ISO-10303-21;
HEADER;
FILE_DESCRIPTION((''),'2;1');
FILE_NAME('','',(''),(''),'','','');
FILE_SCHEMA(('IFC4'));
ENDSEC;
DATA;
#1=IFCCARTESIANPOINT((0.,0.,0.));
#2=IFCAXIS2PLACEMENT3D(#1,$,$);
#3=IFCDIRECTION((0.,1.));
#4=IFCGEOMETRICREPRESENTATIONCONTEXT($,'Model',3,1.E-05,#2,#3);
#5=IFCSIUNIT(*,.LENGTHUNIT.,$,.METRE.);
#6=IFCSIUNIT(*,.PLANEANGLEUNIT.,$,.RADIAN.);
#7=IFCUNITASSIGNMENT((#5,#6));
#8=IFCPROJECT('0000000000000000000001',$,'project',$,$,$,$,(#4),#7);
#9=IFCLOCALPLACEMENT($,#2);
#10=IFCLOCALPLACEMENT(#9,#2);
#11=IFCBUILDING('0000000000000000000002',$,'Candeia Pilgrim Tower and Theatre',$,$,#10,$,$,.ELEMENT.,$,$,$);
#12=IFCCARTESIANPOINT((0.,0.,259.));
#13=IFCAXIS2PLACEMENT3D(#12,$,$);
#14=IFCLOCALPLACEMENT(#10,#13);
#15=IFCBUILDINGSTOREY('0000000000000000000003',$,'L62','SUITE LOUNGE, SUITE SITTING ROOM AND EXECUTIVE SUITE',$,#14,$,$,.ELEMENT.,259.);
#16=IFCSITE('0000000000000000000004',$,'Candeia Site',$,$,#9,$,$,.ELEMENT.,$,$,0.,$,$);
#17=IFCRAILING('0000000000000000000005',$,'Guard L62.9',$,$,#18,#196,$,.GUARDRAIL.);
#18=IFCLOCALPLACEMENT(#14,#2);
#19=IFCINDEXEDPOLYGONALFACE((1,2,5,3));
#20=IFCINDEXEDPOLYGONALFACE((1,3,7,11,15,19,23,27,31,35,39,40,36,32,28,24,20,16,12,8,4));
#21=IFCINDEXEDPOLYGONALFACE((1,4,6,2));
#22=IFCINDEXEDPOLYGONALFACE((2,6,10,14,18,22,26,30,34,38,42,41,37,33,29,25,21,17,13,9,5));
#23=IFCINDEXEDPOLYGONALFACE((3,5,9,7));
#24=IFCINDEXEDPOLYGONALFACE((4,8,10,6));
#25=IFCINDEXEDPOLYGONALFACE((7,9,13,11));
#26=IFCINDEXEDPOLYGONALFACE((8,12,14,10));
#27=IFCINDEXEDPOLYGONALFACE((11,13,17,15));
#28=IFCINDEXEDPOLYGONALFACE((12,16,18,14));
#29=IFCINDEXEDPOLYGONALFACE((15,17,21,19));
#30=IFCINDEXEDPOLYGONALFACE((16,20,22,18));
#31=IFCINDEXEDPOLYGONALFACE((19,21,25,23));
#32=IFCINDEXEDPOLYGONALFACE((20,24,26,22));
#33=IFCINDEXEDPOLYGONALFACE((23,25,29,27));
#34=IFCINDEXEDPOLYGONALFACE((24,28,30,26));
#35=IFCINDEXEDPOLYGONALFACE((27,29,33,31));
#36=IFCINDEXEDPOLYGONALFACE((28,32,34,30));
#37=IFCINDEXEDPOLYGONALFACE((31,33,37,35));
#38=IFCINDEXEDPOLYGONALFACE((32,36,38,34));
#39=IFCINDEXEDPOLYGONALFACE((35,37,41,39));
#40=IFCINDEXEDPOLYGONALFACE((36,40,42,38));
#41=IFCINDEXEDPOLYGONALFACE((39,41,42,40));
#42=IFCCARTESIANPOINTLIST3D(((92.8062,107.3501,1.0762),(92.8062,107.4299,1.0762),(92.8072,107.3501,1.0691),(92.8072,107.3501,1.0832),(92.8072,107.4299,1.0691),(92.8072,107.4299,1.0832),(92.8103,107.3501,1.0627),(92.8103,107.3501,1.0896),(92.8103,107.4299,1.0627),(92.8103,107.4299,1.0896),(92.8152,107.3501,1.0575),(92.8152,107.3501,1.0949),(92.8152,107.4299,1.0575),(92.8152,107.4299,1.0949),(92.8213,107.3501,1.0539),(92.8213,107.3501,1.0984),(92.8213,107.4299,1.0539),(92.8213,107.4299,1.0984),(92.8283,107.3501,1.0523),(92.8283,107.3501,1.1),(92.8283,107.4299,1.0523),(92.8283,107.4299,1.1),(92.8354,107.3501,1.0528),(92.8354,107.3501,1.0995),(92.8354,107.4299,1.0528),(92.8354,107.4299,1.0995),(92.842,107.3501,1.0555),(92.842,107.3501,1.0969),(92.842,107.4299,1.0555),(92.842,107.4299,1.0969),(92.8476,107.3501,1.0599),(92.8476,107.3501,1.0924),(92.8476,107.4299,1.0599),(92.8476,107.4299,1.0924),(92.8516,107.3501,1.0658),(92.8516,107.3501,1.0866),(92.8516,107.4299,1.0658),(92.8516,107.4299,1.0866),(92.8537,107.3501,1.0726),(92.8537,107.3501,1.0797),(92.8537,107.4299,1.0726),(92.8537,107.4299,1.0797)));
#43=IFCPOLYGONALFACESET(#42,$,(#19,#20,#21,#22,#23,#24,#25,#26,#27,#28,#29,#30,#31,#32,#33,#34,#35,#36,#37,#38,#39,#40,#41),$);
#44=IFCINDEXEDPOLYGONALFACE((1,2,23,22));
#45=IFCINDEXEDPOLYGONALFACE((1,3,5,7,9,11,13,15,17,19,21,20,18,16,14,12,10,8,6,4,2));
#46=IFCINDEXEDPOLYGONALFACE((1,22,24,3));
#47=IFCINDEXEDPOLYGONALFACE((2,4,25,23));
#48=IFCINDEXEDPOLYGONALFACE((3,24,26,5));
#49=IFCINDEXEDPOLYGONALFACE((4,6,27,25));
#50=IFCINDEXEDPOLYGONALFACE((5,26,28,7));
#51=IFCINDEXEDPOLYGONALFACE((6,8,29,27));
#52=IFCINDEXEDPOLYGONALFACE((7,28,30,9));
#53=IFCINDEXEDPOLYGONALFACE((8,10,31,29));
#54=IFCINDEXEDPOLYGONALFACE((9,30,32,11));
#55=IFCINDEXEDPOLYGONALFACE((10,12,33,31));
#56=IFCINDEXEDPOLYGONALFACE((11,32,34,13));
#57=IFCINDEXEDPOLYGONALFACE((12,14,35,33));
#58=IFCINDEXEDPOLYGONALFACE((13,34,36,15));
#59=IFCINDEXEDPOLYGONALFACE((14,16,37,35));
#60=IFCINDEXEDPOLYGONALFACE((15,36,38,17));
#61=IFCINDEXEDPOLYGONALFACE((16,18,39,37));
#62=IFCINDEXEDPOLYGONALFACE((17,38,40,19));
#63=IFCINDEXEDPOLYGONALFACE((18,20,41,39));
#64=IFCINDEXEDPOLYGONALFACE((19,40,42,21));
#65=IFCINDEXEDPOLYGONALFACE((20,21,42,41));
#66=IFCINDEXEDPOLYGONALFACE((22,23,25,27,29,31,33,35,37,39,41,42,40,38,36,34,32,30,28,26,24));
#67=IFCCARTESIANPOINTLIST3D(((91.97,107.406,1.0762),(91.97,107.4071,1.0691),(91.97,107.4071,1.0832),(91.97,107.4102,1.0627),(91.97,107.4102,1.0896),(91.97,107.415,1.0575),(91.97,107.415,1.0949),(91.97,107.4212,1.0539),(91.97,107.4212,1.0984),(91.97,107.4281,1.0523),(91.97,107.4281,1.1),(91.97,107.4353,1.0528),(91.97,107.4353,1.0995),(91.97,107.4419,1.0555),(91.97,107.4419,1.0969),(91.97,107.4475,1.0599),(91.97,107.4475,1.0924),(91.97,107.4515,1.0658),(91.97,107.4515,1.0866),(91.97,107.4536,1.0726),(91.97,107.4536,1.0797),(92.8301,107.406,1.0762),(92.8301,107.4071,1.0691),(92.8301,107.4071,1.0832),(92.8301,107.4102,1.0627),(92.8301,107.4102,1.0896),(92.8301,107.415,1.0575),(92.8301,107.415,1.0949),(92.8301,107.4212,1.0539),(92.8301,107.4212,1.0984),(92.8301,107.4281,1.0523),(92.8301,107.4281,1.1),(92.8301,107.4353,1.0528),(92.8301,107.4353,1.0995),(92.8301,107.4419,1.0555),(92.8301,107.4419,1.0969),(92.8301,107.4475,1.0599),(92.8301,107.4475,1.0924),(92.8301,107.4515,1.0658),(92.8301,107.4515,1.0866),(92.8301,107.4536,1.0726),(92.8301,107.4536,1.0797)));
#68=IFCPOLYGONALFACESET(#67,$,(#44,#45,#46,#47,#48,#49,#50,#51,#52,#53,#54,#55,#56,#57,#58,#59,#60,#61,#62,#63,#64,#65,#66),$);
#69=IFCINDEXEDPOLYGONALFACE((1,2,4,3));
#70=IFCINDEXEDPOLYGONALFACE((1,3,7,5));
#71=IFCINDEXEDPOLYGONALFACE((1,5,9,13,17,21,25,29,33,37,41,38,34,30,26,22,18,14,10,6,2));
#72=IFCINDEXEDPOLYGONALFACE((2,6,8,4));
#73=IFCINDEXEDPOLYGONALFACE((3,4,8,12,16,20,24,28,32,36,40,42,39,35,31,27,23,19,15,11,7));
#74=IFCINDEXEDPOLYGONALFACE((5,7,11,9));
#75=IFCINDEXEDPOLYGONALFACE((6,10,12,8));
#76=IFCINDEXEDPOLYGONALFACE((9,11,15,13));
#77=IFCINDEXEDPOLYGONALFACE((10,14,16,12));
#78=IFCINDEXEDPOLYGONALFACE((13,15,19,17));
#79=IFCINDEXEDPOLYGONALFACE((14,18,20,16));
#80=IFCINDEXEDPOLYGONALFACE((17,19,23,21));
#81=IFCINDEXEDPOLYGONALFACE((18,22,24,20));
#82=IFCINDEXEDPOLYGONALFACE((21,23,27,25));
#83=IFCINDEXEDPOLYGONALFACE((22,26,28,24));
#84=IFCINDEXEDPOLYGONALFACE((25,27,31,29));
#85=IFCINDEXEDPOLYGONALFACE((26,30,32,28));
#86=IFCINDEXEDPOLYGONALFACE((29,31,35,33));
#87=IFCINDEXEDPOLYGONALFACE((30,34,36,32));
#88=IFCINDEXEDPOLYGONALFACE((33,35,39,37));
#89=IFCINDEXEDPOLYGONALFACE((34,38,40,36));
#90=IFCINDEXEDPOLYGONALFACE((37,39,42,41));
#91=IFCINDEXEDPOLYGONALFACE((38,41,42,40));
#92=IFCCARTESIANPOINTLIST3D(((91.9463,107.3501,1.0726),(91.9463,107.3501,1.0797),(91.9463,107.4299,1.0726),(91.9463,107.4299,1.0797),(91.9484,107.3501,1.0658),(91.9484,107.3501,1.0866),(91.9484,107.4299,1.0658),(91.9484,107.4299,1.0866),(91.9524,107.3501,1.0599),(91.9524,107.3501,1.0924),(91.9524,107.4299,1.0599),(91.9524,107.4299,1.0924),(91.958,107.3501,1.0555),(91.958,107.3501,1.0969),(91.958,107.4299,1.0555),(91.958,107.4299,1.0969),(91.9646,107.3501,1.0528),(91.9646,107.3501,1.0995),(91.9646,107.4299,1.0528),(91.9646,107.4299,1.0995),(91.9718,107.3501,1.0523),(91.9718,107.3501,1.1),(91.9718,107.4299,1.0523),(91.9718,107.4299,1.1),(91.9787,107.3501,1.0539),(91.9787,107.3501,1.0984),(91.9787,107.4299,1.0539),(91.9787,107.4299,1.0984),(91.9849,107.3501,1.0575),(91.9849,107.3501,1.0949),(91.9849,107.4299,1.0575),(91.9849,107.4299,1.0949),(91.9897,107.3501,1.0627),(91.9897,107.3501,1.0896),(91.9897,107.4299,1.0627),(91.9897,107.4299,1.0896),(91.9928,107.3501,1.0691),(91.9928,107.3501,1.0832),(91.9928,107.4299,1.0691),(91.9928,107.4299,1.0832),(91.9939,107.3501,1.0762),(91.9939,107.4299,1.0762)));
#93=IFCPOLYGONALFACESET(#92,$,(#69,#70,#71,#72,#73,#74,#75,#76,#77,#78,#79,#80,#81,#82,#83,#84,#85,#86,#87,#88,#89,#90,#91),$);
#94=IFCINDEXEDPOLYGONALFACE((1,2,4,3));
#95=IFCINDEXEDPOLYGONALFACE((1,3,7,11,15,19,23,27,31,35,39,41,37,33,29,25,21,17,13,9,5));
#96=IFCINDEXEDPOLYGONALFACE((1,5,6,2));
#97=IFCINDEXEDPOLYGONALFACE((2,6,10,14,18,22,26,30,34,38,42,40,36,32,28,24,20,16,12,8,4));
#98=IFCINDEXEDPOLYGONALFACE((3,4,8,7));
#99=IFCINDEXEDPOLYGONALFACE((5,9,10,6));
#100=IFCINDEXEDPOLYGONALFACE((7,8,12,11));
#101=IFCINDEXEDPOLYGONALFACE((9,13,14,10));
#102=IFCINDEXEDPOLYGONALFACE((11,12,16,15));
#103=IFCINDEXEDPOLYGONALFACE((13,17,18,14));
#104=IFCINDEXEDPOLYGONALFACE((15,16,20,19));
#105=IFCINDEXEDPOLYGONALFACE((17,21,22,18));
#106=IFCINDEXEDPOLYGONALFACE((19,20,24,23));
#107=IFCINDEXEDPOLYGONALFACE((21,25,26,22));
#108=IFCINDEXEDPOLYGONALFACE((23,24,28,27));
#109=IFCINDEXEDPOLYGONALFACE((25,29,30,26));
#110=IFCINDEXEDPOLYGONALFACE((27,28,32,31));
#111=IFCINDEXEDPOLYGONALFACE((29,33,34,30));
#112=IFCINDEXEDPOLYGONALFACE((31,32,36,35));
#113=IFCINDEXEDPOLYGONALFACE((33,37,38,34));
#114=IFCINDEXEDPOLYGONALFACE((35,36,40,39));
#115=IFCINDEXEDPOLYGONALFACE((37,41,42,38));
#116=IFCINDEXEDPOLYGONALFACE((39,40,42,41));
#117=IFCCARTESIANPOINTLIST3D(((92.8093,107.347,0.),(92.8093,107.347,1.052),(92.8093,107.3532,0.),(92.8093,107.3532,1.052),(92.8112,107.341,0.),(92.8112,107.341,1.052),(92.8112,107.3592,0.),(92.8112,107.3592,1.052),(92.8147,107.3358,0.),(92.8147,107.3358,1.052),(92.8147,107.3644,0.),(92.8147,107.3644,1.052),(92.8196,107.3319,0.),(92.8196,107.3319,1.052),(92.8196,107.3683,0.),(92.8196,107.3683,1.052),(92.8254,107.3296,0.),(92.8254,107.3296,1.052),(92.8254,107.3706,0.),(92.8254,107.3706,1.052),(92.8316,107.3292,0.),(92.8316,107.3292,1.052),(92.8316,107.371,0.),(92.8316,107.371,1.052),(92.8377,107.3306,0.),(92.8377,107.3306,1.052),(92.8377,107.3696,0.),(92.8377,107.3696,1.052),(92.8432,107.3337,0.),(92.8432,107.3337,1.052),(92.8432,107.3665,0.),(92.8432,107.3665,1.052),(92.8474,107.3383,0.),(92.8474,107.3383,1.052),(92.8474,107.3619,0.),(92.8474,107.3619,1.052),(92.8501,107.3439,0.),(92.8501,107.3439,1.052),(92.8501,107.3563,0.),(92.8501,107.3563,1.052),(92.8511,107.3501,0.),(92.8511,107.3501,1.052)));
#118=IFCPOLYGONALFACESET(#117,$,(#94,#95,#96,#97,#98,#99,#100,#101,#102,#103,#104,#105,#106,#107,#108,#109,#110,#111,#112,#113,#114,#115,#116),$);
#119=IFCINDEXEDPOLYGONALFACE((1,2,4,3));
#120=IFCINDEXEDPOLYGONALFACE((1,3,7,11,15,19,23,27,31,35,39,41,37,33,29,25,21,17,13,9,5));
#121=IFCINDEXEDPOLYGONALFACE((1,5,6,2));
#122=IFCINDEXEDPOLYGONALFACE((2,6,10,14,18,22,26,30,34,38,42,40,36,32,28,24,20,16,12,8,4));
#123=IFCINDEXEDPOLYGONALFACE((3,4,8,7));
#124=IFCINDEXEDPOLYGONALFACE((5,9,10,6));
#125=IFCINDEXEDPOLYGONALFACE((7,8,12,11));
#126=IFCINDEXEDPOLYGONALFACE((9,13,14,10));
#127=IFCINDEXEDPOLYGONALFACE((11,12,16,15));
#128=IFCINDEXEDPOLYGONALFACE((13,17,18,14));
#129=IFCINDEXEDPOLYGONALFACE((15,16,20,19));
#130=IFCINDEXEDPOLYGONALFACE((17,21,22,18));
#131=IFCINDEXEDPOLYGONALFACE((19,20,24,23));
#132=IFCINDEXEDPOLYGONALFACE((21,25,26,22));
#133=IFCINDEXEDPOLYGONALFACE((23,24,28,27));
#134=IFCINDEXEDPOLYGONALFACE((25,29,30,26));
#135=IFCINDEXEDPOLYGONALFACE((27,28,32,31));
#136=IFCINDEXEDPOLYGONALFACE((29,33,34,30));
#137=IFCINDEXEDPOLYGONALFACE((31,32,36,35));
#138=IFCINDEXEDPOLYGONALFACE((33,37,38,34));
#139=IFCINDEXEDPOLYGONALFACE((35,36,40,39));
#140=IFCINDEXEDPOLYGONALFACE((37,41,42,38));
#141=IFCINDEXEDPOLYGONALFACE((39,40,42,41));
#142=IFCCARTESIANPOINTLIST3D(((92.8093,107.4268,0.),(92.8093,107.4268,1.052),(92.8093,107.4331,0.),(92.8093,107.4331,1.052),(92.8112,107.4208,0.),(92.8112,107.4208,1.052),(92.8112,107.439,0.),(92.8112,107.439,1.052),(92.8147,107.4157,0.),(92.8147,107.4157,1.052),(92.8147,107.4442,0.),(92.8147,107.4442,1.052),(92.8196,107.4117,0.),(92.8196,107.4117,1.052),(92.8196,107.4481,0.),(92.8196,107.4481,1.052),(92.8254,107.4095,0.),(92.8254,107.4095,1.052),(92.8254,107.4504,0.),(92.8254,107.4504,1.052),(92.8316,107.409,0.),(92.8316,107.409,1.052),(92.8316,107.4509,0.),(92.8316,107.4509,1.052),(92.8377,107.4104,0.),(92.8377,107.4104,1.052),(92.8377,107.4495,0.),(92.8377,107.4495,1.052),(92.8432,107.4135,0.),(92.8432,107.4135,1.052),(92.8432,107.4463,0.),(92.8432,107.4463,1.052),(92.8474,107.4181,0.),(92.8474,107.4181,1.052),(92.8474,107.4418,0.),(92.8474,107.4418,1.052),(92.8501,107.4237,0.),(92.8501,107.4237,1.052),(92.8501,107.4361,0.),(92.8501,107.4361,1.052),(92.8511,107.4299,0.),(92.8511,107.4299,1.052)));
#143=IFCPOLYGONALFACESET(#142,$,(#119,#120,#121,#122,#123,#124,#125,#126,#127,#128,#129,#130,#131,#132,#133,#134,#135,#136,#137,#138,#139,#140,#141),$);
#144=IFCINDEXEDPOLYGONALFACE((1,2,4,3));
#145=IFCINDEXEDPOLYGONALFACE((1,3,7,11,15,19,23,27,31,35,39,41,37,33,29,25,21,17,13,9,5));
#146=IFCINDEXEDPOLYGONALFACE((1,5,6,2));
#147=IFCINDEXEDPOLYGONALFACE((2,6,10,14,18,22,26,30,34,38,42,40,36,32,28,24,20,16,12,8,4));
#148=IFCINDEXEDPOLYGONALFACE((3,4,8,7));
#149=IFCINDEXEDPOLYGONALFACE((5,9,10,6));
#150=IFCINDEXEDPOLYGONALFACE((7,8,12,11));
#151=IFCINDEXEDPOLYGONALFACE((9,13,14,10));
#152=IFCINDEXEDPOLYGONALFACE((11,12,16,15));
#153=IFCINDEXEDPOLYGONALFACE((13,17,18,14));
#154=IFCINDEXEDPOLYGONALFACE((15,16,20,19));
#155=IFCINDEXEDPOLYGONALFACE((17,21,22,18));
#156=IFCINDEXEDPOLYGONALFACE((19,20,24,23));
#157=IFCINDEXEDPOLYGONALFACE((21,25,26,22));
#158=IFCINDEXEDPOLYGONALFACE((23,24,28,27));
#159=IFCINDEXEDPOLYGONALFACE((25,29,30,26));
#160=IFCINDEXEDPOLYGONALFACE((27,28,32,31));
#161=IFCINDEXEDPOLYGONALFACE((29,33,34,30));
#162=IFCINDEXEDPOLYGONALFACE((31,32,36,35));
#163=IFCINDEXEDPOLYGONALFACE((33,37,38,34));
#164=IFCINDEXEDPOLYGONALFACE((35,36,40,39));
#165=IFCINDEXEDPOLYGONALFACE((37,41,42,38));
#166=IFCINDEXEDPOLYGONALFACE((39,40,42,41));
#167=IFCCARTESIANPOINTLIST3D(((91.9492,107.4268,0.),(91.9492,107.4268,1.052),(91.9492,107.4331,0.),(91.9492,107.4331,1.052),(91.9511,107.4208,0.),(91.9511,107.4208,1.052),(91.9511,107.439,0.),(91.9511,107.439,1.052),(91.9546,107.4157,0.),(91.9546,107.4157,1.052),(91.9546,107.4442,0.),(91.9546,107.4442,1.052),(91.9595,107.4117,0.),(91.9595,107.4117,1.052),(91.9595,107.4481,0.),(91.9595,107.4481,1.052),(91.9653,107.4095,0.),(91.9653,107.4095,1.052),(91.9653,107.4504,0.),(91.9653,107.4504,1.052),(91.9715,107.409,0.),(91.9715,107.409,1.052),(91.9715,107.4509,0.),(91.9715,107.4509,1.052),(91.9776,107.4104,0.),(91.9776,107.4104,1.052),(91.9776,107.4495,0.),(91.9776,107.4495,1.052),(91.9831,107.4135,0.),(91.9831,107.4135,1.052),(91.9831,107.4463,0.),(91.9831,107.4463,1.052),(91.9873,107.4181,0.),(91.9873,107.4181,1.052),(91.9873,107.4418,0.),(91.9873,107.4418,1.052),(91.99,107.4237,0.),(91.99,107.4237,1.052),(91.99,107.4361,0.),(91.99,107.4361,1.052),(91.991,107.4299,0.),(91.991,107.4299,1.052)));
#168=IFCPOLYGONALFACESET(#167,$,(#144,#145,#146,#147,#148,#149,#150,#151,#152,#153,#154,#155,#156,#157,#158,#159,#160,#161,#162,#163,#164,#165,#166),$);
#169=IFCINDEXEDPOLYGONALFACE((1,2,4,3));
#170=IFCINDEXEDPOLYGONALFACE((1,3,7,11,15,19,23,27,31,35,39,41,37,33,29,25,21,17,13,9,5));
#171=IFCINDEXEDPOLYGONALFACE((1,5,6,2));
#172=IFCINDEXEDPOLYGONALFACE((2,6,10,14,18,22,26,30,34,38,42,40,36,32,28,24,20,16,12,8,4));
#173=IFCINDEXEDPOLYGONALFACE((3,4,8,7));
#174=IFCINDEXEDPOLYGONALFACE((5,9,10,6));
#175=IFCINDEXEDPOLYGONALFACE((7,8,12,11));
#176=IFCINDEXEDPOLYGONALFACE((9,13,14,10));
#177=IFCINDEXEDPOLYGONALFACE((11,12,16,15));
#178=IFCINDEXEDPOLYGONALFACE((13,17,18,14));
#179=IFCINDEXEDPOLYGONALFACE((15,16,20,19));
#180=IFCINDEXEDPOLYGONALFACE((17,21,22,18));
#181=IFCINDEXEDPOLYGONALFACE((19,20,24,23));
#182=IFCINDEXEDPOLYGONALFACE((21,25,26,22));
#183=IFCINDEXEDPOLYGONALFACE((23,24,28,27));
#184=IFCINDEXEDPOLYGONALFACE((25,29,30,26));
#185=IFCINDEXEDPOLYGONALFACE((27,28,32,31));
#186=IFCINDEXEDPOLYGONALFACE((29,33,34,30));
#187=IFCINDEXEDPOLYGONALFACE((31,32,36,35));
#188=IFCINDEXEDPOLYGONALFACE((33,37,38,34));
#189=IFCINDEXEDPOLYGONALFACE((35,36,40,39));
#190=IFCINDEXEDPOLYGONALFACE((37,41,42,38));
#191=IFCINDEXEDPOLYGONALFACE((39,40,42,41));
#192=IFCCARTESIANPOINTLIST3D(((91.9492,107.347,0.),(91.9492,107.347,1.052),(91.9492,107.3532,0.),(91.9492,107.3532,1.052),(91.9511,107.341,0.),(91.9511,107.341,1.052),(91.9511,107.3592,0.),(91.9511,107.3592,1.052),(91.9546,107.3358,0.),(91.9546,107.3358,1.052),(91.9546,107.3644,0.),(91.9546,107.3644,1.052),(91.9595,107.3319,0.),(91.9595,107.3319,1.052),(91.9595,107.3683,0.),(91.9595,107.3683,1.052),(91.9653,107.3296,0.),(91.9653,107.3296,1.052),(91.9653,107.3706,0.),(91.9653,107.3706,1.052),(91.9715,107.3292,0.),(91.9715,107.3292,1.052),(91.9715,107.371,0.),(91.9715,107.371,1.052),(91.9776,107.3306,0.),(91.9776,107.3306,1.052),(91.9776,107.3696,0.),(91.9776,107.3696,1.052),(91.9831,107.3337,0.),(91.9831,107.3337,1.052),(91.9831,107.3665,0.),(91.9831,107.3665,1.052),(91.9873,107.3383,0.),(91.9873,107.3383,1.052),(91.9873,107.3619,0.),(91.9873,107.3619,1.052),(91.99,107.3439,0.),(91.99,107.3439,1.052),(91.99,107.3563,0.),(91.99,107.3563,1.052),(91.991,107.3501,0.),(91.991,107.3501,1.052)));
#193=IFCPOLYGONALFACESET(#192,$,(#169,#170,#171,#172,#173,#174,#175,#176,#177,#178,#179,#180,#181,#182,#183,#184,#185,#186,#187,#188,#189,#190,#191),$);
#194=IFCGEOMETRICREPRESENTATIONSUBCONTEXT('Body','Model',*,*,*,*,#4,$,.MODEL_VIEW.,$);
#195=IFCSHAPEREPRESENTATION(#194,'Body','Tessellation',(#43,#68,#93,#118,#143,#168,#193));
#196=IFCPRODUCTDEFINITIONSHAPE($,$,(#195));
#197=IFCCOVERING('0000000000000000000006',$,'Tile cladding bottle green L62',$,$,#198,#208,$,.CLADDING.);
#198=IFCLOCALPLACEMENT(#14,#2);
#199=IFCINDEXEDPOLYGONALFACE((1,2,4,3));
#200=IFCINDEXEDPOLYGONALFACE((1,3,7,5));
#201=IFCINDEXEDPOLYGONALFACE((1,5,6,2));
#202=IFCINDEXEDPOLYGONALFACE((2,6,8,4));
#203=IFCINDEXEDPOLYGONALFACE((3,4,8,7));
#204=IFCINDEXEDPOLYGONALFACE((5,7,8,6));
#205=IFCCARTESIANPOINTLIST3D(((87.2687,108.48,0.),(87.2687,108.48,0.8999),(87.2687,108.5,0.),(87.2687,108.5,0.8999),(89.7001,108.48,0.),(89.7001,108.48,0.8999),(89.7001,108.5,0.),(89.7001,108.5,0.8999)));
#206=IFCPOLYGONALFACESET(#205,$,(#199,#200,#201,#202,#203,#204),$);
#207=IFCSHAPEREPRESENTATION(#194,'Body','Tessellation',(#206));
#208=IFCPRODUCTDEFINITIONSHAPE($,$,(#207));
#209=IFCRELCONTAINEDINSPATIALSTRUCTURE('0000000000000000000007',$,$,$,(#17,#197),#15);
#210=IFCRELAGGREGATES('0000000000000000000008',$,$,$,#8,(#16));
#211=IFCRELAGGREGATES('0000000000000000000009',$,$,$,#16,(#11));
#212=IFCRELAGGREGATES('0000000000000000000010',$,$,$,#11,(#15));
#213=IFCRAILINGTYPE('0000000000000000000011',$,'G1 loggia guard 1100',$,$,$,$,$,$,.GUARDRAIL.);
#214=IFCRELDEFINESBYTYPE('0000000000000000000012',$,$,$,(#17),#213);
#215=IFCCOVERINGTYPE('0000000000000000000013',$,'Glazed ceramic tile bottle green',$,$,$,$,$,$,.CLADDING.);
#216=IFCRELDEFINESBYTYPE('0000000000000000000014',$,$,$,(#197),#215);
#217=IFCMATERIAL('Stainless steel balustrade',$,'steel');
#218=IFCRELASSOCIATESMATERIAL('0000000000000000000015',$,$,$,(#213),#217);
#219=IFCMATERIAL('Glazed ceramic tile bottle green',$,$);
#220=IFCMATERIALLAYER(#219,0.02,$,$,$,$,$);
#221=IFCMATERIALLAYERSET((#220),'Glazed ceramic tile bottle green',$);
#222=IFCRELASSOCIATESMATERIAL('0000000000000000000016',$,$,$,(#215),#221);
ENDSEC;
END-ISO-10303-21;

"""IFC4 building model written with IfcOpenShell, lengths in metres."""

from ifc_helpers import new_model, si_unit, direction, frame, origin, origin_2d, place, context, subcontext, project, spatial, rectangle, circle, extrude, material, layer, layer_set, type_object, element, save


model = new_model("IFC4")

# Units and contexts
model_context = context("Model", 3, precision=1e-05, world=origin(), true_north=direction((0.0, 1.0)))
body_context = subcontext(model_context, "Body", "Model", "MODEL_VIEW")
ifc_project = project(units=[si_unit("LENGTHUNIT", "METRE"), si_unit("PLANEANGLEUNIT", "RADIAN")], contexts=[model_context])

# Site, building, storey
site_placement = place(None, origin())
site = spatial("IfcSite", under=ifc_project, at=site_placement, Name="Candeia Site", CompositionType="ELEMENT", RefElevation=0.0)
building_placement = place(site_placement, origin())
building = spatial("IfcBuilding", under=site, at=building_placement, Name="Candeia Pilgrim Tower and Theatre", CompositionType="ELEMENT")
storey_placement = place(building_placement, frame((0.0, 0.0, 259.0)))
storey = spatial("IfcBuildingStorey", under=building, at=storey_placement, Name="L62", Description="SUITE LOUNGE, SUITE SITTING ROOM AND EXECUTIVE SUITE", CompositionType="ELEMENT", Elevation=259.0)

# Railing
ifc_material_1 = material(Name="Stainless steel balustrade", Category="steel")
railing_type = type_object("IfcRailingType", Name="G1 loggia guard 1100", PredefinedType="GUARDRAIL", material=ifc_material_1)
railing_1_placement = place(storey_placement, frame((92.8301, 107.3501, 0.0)))
element("IfcRailing", 1, at=railing_1_placement, inside=storey, type_object=railing_type, Name="Guard L62.9", PredefinedType="GUARDRAIL", context=body_context, shape_type="SweptSolid", body=[
    extrude(circle(Radius=0.0239, at=origin_2d()), frame((0.0, 0.0, 1.0762), z_axis=(0.0, 1.0, 0.0), x_axis=(-1.0, 0.0, 0.0)), (0.0, 0.0, 1.0), 0.0798),
    extrude(circle(Radius=0.0239, at=origin_2d()), frame((0.0, 0.0798, 1.0762), z_axis=(-1.0, 0.0, 0.0), x_axis=(0.0, -1.0, 0.0)), (0.0, 0.0, 1.0), 0.8601),
    extrude(circle(Radius=0.0239, at=origin_2d()), frame((-0.8601, 0.0798, 1.0762), z_axis=(0.0, -1.0, 0.0), x_axis=(1.0, 0.0, 0.0)), (0.0, 0.0, 1.0), 0.0798),
    extrude(circle(Radius=0.021, at=origin_2d()), origin(), (0.0, 0.0, 1.0), 1.052),
    extrude(circle(Radius=0.021, at=origin_2d()), frame((0.0, 0.0798, 0.0)), (0.0, 0.0, 1.0), 1.052),
    extrude(circle(Radius=0.021, at=origin_2d()), frame((-0.8601, 0.0798, 0.0)), (0.0, 0.0, 1.0), 1.052),
    extrude(circle(Radius=0.021, at=origin_2d()), frame((-0.8601, 0.0, 0.0)), (0.0, 0.0, 1.0), 1.052),
])

# Covering
ifc_material_2 = material(Name="Glazed ceramic tile bottle green")
ifc_layer_1 = layer(ifc_material_2, 0.02)
ifc_layer_set_1 = layer_set([ifc_layer_1], Name="Glazed ceramic tile bottle green")
covering_type = type_object("IfcCoveringType", Name="Glazed ceramic tile bottle green", PredefinedType="CLADDING", material=ifc_layer_set_1)
covering_1_placement = place(storey_placement, frame((88.4844, 108.49, 0.0), z_axis=(0.0, 0.0, 1.0), x_axis=(1.0, 0.0, 0.0)))
element("IfcCovering", 2, at=covering_1_placement, inside=storey, type_object=covering_type, Name="Tile cladding bottle green L62", PredefinedType="CLADDING", context=body_context, shape_type="SweptSolid", body=[
    extrude(rectangle(XDim=2.4314, YDim=0.02, at=origin_2d()), origin(), (0.0, 0.0, 1.0), 0.8999),
])

save(model, "model.ifc")
